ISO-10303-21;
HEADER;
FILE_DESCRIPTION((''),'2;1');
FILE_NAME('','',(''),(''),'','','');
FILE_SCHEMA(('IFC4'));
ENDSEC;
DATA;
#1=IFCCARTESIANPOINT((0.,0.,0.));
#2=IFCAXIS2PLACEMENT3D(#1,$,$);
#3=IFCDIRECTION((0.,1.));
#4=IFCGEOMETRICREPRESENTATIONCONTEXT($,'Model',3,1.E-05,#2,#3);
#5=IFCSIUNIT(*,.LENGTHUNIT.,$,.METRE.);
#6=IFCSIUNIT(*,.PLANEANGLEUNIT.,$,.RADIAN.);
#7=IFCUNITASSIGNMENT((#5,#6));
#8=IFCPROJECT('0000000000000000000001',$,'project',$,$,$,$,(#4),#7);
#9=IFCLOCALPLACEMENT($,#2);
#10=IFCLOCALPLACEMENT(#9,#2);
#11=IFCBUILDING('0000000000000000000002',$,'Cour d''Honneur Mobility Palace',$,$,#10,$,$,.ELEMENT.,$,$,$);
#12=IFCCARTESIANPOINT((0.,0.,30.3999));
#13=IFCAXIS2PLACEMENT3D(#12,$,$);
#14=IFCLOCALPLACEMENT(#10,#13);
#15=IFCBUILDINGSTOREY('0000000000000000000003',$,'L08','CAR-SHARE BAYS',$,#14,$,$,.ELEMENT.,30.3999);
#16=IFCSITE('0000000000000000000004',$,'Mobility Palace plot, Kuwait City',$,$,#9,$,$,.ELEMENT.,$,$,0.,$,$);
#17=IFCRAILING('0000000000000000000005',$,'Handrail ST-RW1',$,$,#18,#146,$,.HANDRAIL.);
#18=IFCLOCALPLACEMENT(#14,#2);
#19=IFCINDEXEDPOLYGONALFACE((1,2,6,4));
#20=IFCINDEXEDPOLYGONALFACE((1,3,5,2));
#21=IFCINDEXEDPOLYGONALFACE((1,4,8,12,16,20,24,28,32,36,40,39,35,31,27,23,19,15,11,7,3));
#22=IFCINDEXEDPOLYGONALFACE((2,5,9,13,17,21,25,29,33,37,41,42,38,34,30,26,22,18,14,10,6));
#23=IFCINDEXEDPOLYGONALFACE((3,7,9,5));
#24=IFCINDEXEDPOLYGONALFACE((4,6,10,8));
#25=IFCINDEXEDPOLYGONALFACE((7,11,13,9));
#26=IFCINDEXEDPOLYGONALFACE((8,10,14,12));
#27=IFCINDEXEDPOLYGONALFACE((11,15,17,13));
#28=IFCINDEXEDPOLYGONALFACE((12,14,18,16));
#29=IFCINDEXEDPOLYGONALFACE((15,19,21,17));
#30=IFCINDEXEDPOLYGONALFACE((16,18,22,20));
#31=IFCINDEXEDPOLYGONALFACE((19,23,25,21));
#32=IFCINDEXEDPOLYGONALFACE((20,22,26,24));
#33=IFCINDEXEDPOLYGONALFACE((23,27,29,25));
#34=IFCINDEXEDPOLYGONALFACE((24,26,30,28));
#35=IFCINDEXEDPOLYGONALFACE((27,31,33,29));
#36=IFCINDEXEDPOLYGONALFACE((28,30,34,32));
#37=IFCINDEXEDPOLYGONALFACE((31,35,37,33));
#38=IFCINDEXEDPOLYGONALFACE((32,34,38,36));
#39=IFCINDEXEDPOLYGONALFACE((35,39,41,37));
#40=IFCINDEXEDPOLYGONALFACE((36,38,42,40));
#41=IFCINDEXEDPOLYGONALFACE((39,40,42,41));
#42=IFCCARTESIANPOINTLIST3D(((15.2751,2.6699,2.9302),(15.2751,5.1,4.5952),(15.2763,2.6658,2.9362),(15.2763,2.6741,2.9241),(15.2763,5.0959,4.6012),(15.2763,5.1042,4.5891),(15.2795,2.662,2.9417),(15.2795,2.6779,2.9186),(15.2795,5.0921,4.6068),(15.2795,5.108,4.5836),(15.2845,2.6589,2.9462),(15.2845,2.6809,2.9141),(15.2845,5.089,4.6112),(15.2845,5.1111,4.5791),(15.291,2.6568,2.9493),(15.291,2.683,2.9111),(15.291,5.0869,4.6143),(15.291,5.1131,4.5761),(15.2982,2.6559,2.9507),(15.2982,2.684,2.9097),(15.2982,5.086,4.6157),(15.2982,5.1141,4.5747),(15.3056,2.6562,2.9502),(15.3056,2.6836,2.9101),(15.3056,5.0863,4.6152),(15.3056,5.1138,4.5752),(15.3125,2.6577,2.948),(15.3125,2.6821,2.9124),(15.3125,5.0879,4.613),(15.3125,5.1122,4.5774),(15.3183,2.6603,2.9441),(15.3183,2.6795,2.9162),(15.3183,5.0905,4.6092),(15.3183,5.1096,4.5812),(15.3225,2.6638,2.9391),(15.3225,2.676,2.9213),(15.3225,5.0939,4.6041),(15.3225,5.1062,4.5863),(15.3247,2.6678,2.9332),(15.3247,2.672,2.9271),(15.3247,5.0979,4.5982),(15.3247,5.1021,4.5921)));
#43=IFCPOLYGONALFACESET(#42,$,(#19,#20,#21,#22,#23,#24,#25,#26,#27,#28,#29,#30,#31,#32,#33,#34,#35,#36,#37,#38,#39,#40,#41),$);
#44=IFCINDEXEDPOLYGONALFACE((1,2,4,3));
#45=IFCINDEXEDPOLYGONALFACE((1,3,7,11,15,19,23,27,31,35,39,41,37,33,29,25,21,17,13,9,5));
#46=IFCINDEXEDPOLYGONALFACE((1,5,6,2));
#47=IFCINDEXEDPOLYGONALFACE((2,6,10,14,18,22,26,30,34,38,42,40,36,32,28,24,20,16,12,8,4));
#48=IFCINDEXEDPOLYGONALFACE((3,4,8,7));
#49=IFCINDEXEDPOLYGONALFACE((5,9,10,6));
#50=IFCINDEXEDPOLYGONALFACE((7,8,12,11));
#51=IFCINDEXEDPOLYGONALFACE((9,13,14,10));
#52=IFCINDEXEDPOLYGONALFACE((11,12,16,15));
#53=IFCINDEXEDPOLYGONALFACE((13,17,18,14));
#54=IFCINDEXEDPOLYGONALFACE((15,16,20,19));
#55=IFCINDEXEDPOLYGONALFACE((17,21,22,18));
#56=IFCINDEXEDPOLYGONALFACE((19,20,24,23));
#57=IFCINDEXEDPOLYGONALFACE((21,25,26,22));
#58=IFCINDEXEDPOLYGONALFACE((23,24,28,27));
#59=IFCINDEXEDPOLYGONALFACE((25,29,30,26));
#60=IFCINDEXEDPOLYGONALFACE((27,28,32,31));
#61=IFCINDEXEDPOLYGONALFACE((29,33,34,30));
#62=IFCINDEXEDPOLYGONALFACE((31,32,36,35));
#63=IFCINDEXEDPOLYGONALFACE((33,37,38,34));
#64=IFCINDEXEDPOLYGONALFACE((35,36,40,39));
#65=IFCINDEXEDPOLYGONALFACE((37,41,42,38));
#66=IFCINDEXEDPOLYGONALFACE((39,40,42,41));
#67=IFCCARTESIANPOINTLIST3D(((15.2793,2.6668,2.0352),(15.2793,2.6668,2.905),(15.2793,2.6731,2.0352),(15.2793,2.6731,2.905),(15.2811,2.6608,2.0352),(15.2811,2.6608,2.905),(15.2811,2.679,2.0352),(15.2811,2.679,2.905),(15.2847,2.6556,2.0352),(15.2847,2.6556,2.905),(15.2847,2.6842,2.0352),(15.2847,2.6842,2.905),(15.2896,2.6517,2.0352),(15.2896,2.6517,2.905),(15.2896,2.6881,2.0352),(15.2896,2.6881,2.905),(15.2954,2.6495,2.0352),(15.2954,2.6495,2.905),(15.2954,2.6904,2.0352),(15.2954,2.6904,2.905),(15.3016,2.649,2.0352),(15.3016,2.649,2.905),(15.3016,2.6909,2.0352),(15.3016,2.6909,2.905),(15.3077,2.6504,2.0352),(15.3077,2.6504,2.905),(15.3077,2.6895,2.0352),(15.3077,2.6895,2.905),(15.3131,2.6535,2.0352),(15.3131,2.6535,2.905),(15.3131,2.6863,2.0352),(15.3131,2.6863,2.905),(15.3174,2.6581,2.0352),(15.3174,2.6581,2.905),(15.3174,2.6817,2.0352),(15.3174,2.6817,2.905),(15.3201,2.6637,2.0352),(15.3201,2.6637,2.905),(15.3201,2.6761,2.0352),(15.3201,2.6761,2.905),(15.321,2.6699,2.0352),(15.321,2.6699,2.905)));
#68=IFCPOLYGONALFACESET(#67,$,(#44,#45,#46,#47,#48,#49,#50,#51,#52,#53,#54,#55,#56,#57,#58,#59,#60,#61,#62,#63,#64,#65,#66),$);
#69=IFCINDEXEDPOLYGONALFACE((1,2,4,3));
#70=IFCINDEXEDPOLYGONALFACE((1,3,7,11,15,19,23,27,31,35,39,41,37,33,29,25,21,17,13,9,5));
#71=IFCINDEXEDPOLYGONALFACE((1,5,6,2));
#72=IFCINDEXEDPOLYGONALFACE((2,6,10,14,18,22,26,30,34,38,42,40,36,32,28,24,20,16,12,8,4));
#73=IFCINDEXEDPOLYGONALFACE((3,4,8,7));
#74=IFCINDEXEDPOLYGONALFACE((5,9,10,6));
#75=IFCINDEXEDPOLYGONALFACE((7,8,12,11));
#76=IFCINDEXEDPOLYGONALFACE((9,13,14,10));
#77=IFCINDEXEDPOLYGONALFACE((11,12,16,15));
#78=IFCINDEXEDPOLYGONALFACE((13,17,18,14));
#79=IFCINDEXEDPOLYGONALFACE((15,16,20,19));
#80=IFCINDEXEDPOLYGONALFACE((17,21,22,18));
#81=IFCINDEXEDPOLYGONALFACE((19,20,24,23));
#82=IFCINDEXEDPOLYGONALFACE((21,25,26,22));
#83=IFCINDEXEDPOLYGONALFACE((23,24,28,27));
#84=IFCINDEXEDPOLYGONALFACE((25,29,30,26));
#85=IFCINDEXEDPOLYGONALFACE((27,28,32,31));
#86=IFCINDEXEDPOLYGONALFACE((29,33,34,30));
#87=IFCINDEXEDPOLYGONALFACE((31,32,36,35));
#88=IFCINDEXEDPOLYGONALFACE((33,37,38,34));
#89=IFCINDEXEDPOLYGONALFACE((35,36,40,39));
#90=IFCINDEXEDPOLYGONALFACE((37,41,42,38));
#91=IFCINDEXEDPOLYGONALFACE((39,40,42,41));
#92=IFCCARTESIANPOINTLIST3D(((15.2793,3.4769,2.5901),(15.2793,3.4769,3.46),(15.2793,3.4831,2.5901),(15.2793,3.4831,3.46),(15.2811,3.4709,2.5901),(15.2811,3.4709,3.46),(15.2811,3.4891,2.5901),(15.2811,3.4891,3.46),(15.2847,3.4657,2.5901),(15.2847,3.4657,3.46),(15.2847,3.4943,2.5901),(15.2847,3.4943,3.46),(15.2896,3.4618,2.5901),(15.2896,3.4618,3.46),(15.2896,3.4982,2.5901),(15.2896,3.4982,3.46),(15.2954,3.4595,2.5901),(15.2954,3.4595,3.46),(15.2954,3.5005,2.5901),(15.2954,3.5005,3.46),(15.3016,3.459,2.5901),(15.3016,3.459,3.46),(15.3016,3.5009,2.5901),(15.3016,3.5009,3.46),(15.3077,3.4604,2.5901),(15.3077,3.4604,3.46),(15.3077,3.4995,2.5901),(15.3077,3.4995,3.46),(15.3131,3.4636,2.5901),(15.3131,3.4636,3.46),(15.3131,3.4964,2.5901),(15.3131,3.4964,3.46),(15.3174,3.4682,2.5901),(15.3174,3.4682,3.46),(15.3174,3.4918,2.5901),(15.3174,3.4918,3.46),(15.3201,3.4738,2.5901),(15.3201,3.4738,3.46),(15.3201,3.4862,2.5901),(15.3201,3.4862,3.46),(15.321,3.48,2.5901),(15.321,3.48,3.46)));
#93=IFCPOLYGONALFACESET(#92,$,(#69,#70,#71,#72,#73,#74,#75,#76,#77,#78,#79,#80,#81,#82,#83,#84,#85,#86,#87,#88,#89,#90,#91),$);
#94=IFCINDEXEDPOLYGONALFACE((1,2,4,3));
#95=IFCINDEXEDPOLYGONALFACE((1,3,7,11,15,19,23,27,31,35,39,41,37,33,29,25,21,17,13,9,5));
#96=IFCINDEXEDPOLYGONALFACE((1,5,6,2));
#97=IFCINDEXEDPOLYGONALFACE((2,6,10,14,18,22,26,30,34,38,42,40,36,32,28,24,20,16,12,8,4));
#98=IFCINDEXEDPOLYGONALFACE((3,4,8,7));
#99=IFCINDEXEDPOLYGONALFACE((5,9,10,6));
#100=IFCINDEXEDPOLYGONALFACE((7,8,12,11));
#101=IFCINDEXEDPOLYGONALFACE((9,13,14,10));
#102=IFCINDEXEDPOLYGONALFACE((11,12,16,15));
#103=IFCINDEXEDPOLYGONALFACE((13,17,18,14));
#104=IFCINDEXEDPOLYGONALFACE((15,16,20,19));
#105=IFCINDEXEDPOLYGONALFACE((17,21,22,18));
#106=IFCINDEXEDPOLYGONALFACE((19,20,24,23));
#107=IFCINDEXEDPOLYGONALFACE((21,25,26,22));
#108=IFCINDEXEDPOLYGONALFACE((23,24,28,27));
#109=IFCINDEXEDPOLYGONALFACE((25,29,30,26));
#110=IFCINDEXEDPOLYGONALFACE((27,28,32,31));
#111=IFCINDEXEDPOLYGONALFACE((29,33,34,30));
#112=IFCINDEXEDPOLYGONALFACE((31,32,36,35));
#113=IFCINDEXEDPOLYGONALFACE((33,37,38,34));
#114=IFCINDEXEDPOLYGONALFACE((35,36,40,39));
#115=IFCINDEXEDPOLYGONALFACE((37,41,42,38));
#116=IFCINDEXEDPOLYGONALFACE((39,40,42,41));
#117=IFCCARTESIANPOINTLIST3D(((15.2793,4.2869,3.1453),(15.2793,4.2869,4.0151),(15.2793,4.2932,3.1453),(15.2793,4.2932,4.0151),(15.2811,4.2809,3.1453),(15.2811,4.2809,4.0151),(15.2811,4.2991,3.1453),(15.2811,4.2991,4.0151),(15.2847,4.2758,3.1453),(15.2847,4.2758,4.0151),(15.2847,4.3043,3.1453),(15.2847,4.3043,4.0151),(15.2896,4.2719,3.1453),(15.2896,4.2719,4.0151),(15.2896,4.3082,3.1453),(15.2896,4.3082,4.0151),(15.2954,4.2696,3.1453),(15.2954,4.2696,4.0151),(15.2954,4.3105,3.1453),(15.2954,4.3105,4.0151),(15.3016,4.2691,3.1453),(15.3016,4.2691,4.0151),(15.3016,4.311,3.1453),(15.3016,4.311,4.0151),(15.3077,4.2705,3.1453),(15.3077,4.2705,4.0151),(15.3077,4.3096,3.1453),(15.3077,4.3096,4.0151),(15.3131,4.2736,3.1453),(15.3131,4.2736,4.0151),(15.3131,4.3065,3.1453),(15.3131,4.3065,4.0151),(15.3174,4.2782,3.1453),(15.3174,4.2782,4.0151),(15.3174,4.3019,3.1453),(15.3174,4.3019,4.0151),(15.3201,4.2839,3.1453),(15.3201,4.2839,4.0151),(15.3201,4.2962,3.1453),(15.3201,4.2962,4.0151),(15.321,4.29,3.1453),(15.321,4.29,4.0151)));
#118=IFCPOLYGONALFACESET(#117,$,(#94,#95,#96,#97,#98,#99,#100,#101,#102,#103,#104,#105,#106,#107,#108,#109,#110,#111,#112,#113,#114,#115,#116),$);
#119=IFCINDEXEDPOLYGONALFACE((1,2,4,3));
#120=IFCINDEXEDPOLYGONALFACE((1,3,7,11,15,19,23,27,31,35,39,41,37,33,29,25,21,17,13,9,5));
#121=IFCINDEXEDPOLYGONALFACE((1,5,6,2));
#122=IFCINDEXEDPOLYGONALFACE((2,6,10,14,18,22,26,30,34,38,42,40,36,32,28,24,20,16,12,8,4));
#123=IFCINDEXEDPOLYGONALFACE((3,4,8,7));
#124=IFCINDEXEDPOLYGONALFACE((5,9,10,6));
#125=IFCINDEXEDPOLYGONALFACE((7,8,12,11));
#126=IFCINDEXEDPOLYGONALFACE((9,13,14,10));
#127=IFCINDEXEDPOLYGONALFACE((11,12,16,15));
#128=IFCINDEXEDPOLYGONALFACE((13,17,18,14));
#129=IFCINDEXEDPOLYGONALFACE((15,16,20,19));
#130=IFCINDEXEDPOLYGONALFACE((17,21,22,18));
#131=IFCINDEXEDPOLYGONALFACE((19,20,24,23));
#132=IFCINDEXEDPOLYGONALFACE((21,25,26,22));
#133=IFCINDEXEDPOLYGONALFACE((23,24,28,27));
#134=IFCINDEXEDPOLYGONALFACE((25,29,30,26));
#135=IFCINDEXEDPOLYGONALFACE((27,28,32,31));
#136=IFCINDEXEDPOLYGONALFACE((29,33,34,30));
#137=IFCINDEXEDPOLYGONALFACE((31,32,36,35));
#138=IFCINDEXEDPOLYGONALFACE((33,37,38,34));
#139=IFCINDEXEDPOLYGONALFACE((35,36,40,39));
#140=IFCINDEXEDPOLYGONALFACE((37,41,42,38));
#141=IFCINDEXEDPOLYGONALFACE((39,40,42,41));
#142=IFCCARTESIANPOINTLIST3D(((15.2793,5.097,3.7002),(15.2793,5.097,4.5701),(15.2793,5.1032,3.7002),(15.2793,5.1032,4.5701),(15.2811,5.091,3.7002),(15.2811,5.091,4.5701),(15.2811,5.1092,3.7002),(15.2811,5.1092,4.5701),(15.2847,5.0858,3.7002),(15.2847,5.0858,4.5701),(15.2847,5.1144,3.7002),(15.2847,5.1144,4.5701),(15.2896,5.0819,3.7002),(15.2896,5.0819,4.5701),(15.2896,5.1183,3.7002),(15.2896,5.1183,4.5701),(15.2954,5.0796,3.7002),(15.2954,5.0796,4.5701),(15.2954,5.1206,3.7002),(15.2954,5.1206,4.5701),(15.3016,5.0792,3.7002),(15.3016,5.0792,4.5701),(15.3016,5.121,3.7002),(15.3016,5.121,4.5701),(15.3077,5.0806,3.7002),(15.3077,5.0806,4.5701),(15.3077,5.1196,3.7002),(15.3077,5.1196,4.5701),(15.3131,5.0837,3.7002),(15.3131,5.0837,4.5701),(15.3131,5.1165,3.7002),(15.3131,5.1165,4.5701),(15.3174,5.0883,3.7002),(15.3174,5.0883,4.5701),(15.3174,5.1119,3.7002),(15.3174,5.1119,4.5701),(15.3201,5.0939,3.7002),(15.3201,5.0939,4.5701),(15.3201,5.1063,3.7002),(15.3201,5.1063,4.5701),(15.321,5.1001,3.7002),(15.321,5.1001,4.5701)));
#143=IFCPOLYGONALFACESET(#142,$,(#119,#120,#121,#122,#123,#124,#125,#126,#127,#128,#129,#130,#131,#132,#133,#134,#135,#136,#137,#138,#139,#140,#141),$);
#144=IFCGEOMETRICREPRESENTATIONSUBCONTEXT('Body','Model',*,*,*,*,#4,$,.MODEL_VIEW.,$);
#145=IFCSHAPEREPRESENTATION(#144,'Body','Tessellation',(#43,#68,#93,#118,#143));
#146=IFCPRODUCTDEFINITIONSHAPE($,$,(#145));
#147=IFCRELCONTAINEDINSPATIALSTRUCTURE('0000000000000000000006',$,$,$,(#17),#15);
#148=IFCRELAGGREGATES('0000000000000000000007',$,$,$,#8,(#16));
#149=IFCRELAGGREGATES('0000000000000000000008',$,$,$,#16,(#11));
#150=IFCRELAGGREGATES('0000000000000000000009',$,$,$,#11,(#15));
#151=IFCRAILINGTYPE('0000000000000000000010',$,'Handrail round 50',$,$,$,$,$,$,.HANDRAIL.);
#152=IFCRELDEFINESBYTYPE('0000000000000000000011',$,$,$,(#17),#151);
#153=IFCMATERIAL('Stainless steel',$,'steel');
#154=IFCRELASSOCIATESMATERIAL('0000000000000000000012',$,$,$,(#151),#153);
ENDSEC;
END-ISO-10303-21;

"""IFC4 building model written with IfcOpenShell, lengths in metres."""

from ifc_helpers import new_model, si_unit, direction, frame, origin, origin_2d, place, context, subcontext, project, spatial, circle, extrude, material, type_object, element, save


model = new_model("IFC4")

# Units and contexts
model_context = context("Model", 3, precision=1e-05, world=origin(), true_north=direction((0.0, 1.0)))
body_context = subcontext(model_context, "Body", "Model", "MODEL_VIEW")
ifc_project = project(units=[si_unit("LENGTHUNIT", "METRE"), si_unit("PLANEANGLEUNIT", "RADIAN")], contexts=[model_context])

# Site, building, storey
site_placement = place(None, origin())
site = spatial("IfcSite", under=ifc_project, at=site_placement, Name="Mobility Palace plot, Kuwait City", CompositionType="ELEMENT", RefElevation=0.0)
building_placement = place(site_placement, origin())
building = spatial("IfcBuilding", under=site, at=building_placement, Name="Cour d'Honneur Mobility Palace", CompositionType="ELEMENT")
storey_placement = place(building_placement, frame((0.0, 0.0, 30.3999)))
storey = spatial("IfcBuildingStorey", under=building, at=storey_placement, Name="L08", Description="CAR-SHARE BAYS", CompositionType="ELEMENT", Elevation=30.3999)

# Railing
ifc_material_1 = material(Name="Stainless steel", Category="steel")
railing_type_1 = type_object("IfcRailingType", Name="Handrail round 50", PredefinedType="HANDRAIL", material=ifc_material_1)
for number, where, name in (
    (1, (15.3, 2.6699, 2.0352), "Handrail ST-RW1"),
):
    element("IfcRailing", number, at=place(storey_placement, frame(where)), inside=storey, type_object=railing_type_1, Name=name, PredefinedType="HANDRAIL", context=body_context, shape_type="SweptSolid", body=[
        extrude(circle(Radius=0.0249, at=origin_2d()), frame((0.0, 0.0, 0.895), z_axis=(0.0, 0.824945, 0.565213), x_axis=(-1.0, 0.0, 0.0)), (0.0, 0.0, 1.0), 2.9458),
        extrude(circle(Radius=0.021, at=origin_2d()), origin(), (0.0, 0.0, 1.0), 0.8699),
        extrude(circle(Radius=0.021, at=origin_2d()), frame((0.0, 0.8101, 0.5549)), (0.0, 0.0, 1.0), 0.8699),
        extrude(circle(Radius=0.021, at=origin_2d()), frame((0.0, 1.6201, 1.1101)), (0.0, 0.0, 1.0), 0.8699),
        extrude(circle(Radius=0.021, at=origin_2d()), frame((0.0, 2.4302, 1.665)), (0.0, 0.0, 1.0), 0.8699),
    ])

save(model, "model.ifc")
